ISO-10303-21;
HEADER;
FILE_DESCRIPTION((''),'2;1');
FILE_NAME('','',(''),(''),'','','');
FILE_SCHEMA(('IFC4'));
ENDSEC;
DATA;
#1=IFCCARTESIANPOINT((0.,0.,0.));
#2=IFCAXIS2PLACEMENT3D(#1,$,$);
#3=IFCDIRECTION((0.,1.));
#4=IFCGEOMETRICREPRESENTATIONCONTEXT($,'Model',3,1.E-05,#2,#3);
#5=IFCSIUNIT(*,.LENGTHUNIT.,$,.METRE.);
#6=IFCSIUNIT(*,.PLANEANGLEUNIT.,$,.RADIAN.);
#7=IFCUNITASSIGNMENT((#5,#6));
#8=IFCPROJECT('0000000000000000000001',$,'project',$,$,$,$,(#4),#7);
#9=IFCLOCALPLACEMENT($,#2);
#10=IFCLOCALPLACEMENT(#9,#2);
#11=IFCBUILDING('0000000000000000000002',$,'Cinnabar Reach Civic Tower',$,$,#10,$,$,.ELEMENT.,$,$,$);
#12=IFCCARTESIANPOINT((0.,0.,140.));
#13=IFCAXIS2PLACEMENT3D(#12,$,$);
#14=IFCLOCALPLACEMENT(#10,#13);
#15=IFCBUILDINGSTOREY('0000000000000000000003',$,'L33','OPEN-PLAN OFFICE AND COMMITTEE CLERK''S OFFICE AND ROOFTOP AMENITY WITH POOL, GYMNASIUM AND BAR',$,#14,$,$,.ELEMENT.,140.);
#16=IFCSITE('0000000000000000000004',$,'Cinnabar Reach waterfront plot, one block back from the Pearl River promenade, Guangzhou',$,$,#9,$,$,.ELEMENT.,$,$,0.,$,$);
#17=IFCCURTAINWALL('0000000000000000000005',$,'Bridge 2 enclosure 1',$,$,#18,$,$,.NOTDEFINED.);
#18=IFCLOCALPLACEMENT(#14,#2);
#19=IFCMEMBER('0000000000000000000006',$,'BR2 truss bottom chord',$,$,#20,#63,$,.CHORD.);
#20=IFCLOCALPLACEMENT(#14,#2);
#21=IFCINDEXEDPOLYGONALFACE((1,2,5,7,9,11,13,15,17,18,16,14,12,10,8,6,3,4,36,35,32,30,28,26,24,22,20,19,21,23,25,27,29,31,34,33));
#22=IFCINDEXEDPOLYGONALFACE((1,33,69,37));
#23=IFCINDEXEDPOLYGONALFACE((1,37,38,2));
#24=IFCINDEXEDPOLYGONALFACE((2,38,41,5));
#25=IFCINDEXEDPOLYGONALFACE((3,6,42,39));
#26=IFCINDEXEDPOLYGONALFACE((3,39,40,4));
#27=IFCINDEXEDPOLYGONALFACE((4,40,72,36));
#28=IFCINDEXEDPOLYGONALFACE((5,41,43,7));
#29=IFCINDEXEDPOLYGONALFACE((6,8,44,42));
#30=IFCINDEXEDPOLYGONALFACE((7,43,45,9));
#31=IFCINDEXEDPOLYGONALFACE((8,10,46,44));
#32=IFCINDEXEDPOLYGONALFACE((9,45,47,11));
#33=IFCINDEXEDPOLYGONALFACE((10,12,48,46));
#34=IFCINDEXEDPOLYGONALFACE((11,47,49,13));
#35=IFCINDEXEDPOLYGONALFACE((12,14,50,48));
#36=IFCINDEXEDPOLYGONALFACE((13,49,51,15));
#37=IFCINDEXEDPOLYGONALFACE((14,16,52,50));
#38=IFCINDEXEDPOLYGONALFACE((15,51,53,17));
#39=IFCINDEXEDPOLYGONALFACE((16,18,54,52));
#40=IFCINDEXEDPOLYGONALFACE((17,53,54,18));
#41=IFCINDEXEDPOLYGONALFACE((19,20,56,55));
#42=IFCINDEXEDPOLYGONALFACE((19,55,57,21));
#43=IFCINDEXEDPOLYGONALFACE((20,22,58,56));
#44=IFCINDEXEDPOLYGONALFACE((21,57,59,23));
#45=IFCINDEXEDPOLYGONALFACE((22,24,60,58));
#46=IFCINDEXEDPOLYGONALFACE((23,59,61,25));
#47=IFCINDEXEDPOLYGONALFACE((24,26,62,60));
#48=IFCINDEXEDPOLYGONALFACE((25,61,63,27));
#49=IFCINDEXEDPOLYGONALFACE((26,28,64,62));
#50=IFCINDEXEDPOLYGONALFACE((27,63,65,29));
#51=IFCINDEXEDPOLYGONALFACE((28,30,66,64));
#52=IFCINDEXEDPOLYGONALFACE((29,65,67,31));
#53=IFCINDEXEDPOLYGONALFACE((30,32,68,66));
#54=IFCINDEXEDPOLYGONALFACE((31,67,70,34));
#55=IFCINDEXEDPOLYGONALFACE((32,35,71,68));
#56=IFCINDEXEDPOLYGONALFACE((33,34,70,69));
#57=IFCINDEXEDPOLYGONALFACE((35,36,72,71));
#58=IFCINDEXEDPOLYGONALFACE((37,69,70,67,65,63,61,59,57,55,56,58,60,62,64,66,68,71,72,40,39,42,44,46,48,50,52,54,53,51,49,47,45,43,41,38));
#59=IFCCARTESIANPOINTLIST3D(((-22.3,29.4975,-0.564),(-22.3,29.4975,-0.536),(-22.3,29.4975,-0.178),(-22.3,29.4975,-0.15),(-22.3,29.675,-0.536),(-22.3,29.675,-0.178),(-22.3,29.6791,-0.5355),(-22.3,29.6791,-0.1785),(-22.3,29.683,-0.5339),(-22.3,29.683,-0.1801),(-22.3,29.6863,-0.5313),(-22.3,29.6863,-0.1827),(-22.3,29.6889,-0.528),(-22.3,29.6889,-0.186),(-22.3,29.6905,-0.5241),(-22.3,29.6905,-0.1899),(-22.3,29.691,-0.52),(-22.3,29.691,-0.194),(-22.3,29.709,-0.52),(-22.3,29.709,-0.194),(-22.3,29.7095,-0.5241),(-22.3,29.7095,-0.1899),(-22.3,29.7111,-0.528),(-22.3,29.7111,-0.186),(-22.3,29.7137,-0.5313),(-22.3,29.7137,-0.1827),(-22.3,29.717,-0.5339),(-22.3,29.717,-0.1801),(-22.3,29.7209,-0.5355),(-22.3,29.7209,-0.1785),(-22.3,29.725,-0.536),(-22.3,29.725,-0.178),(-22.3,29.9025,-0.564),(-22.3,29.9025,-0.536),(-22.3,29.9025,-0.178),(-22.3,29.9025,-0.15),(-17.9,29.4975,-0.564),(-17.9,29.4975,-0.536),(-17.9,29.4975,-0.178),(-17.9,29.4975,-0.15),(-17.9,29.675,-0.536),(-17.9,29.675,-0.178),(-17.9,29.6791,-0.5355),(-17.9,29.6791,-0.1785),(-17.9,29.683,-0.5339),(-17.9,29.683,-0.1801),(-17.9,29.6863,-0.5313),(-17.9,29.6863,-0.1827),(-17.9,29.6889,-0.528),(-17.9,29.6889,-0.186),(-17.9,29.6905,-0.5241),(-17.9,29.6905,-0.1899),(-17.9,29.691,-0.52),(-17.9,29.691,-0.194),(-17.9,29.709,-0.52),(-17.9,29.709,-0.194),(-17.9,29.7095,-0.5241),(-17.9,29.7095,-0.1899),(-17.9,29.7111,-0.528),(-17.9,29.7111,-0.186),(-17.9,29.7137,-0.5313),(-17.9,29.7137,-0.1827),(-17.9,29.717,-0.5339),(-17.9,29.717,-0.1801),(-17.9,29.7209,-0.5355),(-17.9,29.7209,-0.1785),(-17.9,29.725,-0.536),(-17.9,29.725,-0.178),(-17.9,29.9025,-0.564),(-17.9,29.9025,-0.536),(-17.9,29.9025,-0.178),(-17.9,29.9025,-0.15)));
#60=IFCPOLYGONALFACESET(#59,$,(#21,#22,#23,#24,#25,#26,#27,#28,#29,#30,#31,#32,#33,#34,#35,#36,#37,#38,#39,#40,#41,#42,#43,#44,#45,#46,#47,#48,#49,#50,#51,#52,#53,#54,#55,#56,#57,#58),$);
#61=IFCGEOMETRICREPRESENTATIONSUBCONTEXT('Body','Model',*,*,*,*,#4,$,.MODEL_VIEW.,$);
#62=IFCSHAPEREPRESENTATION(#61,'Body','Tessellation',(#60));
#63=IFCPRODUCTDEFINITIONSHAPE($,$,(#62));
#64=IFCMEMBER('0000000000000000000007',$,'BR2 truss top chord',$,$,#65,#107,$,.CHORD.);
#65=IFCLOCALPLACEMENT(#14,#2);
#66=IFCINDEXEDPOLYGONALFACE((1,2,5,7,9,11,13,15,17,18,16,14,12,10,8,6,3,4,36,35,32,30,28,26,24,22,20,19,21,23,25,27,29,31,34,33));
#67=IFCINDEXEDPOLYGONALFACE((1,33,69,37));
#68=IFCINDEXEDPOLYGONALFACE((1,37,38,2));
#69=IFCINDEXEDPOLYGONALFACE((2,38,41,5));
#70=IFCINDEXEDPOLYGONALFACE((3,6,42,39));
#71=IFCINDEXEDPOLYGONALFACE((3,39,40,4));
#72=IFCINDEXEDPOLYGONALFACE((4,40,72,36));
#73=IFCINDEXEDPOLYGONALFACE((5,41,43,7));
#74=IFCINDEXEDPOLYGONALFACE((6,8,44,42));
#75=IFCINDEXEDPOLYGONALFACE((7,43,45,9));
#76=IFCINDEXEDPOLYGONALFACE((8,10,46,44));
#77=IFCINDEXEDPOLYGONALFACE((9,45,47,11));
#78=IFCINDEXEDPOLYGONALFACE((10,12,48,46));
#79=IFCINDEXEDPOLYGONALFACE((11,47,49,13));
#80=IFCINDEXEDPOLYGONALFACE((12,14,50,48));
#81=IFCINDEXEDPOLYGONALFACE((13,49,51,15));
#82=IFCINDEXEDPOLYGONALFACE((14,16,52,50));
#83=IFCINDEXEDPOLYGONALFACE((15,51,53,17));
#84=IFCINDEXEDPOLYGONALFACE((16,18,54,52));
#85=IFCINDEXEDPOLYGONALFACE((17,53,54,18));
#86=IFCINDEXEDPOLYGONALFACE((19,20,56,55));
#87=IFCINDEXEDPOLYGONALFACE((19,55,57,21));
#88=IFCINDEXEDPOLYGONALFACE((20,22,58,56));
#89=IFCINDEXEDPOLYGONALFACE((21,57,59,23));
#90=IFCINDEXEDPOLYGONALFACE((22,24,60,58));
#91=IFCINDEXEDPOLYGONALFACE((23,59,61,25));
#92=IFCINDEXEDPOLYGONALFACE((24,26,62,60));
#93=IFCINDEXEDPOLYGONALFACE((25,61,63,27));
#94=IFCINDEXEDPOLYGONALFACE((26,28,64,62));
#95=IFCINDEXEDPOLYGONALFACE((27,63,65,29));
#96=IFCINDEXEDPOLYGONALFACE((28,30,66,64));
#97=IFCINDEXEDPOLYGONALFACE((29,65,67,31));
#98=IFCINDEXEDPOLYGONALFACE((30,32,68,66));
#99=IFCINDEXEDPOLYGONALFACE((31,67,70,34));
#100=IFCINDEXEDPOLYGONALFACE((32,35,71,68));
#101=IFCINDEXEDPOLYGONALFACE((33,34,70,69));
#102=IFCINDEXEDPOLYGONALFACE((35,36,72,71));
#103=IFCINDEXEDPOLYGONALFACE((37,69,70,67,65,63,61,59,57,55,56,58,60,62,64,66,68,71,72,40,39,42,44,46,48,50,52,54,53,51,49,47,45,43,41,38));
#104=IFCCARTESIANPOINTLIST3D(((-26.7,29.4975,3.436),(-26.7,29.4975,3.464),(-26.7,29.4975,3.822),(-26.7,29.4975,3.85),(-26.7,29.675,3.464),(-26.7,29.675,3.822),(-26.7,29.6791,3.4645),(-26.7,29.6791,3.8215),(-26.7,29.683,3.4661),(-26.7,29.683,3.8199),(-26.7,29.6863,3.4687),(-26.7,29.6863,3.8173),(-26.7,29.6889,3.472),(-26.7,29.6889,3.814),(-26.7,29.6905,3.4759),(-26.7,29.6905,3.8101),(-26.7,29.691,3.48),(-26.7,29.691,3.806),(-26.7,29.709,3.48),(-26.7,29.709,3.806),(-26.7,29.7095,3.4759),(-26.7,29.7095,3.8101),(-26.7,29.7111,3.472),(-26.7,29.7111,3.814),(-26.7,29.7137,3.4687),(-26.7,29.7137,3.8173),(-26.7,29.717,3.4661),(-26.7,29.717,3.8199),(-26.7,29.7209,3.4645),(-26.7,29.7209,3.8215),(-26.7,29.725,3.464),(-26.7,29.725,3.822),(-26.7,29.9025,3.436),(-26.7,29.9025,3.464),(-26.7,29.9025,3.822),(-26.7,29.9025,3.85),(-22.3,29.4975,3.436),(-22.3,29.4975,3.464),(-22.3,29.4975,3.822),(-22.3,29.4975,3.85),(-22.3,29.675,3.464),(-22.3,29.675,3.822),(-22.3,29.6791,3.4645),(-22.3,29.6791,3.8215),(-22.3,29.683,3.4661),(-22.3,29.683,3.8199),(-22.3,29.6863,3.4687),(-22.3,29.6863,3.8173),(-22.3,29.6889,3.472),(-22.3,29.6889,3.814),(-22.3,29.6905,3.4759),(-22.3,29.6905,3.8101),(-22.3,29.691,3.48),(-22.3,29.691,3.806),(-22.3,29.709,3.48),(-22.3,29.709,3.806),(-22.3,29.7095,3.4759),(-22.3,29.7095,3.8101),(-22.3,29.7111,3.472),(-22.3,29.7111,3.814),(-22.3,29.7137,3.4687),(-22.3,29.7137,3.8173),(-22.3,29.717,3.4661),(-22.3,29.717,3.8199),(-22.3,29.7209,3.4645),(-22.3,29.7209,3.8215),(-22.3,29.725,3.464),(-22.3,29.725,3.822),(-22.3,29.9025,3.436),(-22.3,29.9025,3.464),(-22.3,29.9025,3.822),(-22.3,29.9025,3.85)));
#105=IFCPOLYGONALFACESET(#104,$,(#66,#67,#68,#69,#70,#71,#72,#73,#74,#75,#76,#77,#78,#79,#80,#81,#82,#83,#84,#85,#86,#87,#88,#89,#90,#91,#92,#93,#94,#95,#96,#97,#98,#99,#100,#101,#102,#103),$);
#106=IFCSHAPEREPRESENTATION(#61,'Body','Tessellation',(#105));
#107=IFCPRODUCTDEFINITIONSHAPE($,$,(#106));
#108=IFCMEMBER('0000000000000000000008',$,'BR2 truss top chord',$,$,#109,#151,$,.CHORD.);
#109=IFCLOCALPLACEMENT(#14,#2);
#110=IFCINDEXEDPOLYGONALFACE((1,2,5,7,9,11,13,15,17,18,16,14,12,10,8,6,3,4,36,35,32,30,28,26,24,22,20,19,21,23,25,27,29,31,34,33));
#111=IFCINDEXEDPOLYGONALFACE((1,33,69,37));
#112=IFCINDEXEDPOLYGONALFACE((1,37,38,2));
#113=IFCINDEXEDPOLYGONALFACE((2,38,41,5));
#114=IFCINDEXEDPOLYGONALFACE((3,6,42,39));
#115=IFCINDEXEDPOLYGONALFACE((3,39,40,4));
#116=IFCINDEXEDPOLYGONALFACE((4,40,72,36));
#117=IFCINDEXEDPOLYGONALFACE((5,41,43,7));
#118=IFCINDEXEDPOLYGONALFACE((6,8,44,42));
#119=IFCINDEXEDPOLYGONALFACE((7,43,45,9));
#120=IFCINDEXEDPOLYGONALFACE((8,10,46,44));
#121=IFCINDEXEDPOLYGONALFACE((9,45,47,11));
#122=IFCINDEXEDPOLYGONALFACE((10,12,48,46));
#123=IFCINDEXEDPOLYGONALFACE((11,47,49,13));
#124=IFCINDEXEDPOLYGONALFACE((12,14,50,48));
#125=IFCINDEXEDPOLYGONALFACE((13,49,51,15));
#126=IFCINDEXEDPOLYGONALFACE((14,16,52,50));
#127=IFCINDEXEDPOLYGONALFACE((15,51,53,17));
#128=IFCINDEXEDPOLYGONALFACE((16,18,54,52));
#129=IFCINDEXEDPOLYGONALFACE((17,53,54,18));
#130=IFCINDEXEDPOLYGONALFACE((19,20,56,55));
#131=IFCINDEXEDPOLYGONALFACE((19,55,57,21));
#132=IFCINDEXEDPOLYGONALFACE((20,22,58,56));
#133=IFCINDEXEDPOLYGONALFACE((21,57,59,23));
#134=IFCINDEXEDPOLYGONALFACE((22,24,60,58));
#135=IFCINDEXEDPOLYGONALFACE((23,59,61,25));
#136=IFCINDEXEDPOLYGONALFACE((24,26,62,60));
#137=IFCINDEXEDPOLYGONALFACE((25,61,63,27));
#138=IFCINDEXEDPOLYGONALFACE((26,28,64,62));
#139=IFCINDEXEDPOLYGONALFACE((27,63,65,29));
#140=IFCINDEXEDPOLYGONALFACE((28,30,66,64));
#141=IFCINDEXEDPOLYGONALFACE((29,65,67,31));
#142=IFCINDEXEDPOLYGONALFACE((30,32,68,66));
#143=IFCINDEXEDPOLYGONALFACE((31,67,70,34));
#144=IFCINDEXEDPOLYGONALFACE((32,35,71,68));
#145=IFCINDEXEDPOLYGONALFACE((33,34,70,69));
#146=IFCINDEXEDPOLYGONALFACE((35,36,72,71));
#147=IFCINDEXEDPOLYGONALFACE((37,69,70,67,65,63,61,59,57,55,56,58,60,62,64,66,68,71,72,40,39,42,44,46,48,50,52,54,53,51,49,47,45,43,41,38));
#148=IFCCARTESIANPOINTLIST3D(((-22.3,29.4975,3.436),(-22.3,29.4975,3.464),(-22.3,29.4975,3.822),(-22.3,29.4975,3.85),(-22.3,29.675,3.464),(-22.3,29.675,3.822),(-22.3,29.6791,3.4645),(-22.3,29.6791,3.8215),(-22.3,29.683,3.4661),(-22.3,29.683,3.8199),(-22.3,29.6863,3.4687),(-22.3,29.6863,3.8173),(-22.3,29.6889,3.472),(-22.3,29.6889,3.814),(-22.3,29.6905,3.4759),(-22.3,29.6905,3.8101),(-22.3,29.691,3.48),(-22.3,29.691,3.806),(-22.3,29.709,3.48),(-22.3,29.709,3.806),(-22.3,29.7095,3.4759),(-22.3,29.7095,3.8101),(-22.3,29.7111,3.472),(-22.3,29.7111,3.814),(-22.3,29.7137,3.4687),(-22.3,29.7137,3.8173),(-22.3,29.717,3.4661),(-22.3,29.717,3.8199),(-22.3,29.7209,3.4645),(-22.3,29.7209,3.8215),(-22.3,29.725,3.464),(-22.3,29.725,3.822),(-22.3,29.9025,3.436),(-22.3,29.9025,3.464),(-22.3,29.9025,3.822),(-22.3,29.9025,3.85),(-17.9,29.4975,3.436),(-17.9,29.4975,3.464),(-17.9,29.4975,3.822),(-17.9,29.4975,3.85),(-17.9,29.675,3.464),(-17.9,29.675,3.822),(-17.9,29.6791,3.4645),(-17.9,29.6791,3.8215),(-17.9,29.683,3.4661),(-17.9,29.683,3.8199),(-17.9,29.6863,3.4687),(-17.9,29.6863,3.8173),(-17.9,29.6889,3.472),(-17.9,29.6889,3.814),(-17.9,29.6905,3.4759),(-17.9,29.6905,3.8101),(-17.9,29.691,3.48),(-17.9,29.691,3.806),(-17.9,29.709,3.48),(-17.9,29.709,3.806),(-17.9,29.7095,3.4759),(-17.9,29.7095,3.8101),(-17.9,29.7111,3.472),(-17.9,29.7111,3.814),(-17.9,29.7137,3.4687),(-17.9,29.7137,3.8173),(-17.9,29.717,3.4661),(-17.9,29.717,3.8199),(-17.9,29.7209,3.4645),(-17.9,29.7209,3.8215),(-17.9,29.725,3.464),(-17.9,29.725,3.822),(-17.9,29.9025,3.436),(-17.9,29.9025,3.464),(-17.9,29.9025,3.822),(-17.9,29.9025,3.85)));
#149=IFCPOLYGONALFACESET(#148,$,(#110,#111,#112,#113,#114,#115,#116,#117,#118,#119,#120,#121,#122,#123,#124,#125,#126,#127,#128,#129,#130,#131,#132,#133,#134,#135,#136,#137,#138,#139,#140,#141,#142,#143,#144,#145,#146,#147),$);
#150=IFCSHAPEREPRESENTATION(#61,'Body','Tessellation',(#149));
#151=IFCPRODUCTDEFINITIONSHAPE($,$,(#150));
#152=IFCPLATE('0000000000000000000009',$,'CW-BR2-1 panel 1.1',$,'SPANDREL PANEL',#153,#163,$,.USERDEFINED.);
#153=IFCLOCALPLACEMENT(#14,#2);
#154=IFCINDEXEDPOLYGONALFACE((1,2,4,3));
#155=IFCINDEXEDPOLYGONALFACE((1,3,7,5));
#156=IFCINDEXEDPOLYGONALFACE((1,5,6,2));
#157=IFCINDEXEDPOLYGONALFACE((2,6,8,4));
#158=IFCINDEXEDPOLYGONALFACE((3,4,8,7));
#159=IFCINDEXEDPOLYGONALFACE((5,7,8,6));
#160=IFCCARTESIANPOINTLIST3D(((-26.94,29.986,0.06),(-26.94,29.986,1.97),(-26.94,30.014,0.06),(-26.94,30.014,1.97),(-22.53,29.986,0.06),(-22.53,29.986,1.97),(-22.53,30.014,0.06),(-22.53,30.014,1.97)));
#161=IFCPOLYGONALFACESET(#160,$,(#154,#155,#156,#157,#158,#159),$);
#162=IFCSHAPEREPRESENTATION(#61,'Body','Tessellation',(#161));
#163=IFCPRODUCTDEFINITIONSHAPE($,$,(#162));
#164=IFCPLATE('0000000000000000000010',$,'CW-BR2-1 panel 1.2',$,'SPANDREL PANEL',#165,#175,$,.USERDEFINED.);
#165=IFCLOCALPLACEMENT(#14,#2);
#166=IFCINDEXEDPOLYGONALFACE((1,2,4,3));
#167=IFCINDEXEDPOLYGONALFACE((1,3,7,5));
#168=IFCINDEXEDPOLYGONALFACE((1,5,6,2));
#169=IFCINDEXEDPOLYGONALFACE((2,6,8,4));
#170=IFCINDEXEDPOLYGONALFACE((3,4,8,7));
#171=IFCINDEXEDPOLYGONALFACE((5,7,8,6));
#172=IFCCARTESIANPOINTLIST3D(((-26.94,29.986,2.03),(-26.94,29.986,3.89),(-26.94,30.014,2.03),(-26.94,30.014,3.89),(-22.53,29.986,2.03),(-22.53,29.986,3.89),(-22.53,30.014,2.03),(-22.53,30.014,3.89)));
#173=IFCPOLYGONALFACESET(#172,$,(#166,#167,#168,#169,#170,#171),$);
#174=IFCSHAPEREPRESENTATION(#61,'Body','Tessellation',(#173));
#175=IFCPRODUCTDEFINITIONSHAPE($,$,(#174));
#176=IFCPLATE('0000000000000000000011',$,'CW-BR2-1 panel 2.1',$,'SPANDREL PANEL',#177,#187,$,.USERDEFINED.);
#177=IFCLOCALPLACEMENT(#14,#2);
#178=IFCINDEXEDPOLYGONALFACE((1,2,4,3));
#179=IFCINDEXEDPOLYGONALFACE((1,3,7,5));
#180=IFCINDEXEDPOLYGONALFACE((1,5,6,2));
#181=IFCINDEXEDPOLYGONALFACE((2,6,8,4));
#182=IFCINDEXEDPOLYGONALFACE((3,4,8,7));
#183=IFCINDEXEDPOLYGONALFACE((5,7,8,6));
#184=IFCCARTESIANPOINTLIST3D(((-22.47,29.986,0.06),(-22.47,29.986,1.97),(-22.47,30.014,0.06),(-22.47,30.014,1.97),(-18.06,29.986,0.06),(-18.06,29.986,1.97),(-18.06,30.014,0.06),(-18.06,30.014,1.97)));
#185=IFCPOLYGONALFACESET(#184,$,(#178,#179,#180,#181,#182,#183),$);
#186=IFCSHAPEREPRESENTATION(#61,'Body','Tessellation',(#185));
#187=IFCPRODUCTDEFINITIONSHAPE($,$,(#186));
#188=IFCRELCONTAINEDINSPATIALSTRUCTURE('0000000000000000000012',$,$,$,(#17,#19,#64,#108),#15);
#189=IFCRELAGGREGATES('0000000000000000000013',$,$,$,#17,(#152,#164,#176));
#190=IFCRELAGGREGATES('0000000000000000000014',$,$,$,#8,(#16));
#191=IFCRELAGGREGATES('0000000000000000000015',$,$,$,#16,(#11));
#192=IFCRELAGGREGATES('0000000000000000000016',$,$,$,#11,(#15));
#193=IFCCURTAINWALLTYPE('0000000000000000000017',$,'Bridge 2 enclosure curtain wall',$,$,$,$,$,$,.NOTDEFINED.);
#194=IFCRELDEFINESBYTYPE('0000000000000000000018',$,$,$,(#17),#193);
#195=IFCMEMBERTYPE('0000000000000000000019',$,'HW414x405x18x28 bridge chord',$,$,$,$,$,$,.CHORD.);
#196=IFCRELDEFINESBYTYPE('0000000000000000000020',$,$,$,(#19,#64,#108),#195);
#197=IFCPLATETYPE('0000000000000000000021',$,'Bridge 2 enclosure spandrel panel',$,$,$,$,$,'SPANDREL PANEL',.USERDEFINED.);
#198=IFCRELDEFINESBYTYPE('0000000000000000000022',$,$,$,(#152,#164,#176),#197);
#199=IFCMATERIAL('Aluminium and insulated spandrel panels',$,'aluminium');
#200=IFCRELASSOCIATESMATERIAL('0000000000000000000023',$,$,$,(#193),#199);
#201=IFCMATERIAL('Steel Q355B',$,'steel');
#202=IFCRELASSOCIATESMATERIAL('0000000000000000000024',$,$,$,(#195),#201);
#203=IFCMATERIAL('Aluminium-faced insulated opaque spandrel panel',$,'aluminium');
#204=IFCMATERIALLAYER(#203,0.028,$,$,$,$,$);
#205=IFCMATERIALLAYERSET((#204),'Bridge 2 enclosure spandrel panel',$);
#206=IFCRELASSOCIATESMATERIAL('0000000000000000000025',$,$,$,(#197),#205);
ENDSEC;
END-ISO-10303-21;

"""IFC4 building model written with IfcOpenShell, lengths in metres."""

from ifc_helpers import new_model, si_unit, direction, frame, origin, origin_2d, place, context, subcontext, project, spatial, rectangle, i_section, extrude, material, layer, layer_set, material_profile, profile_set, type_object, element, aggregate, save


model = new_model("IFC4")

# Units and contexts
model_context = context("Model", 3, precision=1e-05, world=origin(), true_north=direction((0.0, 1.0)))
body_context = subcontext(model_context, "Body", "Model", "MODEL_VIEW")
ifc_project = project(units=[si_unit("LENGTHUNIT", "METRE"), si_unit("PLANEANGLEUNIT", "RADIAN")], contexts=[model_context])

# Site, building, storey
site_placement = place(None, origin())
site = spatial("IfcSite", under=ifc_project, at=site_placement, Name="Cinnabar Reach waterfront plot, one block back from the Pearl River promenade, Guangzhou", CompositionType="ELEMENT", RefElevation=0.0)
building_placement = place(site_placement, origin())
building = spatial("IfcBuilding", under=site, at=building_placement, Name="Cinnabar Reach Civic Tower", CompositionType="ELEMENT")
storey_placement = place(building_placement, frame((0.0, 0.0, 140.0)))
storey = spatial("IfcBuildingStorey", under=building, at=storey_placement, Name="L33", Description="OPEN-PLAN OFFICE AND COMMITTEE CLERK'S OFFICE AND ROOFTOP AMENITY WITH POOL, GYMNASIUM AND BAR", CompositionType="ELEMENT", Elevation=140.0)

# Curtain wall
ifc_material_1 = material(Name="Aluminium and insulated spandrel panels", Category="aluminium")
curtain_wall_type = type_object("IfcCurtainWallType", Name="Bridge 2 enclosure curtain wall", PredefinedType="NOTDEFINED", material=ifc_material_1)
curtain_wall_placement = place(storey_placement, origin())
curtain_wall = element("IfcCurtainWall", 1, at=curtain_wall_placement, inside=storey, type_object=curtain_wall_type, Name="Bridge 2 enclosure 1", PredefinedType="NOTDEFINED")

# Shared definitions
ifc_material_2 = material(Name="Steel Q355B", Category="steel")

# Members
ifc_material_profile_1 = material_profile(ifc_material_2, i_section(OverallWidth=0.405, OverallDepth=0.414, WebThickness=0.018, FlangeThickness=0.028, FilletRadius=0.016, at=origin_2d()), Name="HW414x405x18x28")
ifc_profile_set_1 = profile_set([ifc_material_profile_1], Name="Steel Q355B")
member_type_1 = type_object("IfcMemberType", Name="HW414x405x18x28 bridge chord", PredefinedType="CHORD", material=ifc_profile_set_1)
for number, where, z_axis, x_axis, name in (
    (2, (-22.3, 29.7, -0.357), (1.0, 0.0, 0.0), (0.0, 1.0, 0.0), "BR2 truss bottom chord"),
    (3, (-26.7, 29.7, 3.643), (1.0, 0.0, 0.0), (0.0, 1.0, 0.0), "BR2 truss top chord"),
    (4, (-22.3, 29.7, 3.643), (1.0, 0.0, 0.0), (0.0, 1.0, 0.0), "BR2 truss top chord"),
):
    element("IfcMember", number, at=place(storey_placement, frame(where, z_axis=z_axis, x_axis=x_axis)), inside=storey, type_object=member_type_1, Name=name, PredefinedType="CHORD", context=body_context, shape_type="SweptSolid", body=[
        extrude(i_section(OverallWidth=0.405, OverallDepth=0.414, WebThickness=0.018, FlangeThickness=0.028, FilletRadius=0.016, at=origin_2d()), origin(), (0.0, 0.0, 1.0), 4.4),
    ])

# Plates
ifc_material_3 = material(Name="Aluminium-faced insulated opaque spandrel panel", Category="aluminium")
ifc_layer = layer(ifc_material_3, 0.028)
ifc_layer_set = layer_set([ifc_layer], Name="Bridge 2 enclosure spandrel panel")
plate_type = type_object("IfcPlateType", Name="Bridge 2 enclosure spandrel panel", ElementType="SPANDREL PANEL", PredefinedType="USERDEFINED", material=ifc_layer_set)
plate_1_placement = place(storey_placement, frame((-24.735, 30.0, 0.06), z_axis=(0.0, 0.0, 1.0), x_axis=(1.0, 0.0, 0.0)))
plate_1 = element("IfcPlate", 5, at=plate_1_placement, type_object=plate_type, Name="CW-BR2-1 panel 1.1", ObjectType="SPANDREL PANEL", PredefinedType="USERDEFINED", context=body_context, shape_type="SweptSolid", body=[
    extrude(rectangle(XDim=4.41, YDim=0.028, at=origin_2d()), origin(), (0.0, 0.0, 1.0), 1.91),
])
plate_2_placement = place(storey_placement, frame((-24.735, 30.0, 2.03), z_axis=(0.0, 0.0, 1.0), x_axis=(1.0, 0.0, 0.0)))
plate_2 = element("IfcPlate", 6, at=plate_2_placement, type_object=plate_type, Name="CW-BR2-1 panel 1.2", ObjectType="SPANDREL PANEL", PredefinedType="USERDEFINED", context=body_context, shape_type="SweptSolid", body=[
    extrude(rectangle(XDim=4.41, YDim=0.028, at=origin_2d()), origin(), (0.0, 0.0, 1.0), 1.86),
])
plate_3_placement = place(storey_placement, frame((-20.265, 30.0, 0.06), z_axis=(0.0, 0.0, 1.0), x_axis=(1.0, 0.0, 0.0)))
plate_3 = element("IfcPlate", 7, at=plate_3_placement, type_object=plate_type, Name="CW-BR2-1 panel 2.1", ObjectType="SPANDREL PANEL", PredefinedType="USERDEFINED", context=body_context, shape_type="SweptSolid", body=[
    extrude(rectangle(XDim=4.41, YDim=0.028, at=origin_2d()), origin(), (0.0, 0.0, 1.0), 1.91),
])
aggregate(curtain_wall, [plate_1, plate_2, plate_3])

save(model, "model.ifc")
